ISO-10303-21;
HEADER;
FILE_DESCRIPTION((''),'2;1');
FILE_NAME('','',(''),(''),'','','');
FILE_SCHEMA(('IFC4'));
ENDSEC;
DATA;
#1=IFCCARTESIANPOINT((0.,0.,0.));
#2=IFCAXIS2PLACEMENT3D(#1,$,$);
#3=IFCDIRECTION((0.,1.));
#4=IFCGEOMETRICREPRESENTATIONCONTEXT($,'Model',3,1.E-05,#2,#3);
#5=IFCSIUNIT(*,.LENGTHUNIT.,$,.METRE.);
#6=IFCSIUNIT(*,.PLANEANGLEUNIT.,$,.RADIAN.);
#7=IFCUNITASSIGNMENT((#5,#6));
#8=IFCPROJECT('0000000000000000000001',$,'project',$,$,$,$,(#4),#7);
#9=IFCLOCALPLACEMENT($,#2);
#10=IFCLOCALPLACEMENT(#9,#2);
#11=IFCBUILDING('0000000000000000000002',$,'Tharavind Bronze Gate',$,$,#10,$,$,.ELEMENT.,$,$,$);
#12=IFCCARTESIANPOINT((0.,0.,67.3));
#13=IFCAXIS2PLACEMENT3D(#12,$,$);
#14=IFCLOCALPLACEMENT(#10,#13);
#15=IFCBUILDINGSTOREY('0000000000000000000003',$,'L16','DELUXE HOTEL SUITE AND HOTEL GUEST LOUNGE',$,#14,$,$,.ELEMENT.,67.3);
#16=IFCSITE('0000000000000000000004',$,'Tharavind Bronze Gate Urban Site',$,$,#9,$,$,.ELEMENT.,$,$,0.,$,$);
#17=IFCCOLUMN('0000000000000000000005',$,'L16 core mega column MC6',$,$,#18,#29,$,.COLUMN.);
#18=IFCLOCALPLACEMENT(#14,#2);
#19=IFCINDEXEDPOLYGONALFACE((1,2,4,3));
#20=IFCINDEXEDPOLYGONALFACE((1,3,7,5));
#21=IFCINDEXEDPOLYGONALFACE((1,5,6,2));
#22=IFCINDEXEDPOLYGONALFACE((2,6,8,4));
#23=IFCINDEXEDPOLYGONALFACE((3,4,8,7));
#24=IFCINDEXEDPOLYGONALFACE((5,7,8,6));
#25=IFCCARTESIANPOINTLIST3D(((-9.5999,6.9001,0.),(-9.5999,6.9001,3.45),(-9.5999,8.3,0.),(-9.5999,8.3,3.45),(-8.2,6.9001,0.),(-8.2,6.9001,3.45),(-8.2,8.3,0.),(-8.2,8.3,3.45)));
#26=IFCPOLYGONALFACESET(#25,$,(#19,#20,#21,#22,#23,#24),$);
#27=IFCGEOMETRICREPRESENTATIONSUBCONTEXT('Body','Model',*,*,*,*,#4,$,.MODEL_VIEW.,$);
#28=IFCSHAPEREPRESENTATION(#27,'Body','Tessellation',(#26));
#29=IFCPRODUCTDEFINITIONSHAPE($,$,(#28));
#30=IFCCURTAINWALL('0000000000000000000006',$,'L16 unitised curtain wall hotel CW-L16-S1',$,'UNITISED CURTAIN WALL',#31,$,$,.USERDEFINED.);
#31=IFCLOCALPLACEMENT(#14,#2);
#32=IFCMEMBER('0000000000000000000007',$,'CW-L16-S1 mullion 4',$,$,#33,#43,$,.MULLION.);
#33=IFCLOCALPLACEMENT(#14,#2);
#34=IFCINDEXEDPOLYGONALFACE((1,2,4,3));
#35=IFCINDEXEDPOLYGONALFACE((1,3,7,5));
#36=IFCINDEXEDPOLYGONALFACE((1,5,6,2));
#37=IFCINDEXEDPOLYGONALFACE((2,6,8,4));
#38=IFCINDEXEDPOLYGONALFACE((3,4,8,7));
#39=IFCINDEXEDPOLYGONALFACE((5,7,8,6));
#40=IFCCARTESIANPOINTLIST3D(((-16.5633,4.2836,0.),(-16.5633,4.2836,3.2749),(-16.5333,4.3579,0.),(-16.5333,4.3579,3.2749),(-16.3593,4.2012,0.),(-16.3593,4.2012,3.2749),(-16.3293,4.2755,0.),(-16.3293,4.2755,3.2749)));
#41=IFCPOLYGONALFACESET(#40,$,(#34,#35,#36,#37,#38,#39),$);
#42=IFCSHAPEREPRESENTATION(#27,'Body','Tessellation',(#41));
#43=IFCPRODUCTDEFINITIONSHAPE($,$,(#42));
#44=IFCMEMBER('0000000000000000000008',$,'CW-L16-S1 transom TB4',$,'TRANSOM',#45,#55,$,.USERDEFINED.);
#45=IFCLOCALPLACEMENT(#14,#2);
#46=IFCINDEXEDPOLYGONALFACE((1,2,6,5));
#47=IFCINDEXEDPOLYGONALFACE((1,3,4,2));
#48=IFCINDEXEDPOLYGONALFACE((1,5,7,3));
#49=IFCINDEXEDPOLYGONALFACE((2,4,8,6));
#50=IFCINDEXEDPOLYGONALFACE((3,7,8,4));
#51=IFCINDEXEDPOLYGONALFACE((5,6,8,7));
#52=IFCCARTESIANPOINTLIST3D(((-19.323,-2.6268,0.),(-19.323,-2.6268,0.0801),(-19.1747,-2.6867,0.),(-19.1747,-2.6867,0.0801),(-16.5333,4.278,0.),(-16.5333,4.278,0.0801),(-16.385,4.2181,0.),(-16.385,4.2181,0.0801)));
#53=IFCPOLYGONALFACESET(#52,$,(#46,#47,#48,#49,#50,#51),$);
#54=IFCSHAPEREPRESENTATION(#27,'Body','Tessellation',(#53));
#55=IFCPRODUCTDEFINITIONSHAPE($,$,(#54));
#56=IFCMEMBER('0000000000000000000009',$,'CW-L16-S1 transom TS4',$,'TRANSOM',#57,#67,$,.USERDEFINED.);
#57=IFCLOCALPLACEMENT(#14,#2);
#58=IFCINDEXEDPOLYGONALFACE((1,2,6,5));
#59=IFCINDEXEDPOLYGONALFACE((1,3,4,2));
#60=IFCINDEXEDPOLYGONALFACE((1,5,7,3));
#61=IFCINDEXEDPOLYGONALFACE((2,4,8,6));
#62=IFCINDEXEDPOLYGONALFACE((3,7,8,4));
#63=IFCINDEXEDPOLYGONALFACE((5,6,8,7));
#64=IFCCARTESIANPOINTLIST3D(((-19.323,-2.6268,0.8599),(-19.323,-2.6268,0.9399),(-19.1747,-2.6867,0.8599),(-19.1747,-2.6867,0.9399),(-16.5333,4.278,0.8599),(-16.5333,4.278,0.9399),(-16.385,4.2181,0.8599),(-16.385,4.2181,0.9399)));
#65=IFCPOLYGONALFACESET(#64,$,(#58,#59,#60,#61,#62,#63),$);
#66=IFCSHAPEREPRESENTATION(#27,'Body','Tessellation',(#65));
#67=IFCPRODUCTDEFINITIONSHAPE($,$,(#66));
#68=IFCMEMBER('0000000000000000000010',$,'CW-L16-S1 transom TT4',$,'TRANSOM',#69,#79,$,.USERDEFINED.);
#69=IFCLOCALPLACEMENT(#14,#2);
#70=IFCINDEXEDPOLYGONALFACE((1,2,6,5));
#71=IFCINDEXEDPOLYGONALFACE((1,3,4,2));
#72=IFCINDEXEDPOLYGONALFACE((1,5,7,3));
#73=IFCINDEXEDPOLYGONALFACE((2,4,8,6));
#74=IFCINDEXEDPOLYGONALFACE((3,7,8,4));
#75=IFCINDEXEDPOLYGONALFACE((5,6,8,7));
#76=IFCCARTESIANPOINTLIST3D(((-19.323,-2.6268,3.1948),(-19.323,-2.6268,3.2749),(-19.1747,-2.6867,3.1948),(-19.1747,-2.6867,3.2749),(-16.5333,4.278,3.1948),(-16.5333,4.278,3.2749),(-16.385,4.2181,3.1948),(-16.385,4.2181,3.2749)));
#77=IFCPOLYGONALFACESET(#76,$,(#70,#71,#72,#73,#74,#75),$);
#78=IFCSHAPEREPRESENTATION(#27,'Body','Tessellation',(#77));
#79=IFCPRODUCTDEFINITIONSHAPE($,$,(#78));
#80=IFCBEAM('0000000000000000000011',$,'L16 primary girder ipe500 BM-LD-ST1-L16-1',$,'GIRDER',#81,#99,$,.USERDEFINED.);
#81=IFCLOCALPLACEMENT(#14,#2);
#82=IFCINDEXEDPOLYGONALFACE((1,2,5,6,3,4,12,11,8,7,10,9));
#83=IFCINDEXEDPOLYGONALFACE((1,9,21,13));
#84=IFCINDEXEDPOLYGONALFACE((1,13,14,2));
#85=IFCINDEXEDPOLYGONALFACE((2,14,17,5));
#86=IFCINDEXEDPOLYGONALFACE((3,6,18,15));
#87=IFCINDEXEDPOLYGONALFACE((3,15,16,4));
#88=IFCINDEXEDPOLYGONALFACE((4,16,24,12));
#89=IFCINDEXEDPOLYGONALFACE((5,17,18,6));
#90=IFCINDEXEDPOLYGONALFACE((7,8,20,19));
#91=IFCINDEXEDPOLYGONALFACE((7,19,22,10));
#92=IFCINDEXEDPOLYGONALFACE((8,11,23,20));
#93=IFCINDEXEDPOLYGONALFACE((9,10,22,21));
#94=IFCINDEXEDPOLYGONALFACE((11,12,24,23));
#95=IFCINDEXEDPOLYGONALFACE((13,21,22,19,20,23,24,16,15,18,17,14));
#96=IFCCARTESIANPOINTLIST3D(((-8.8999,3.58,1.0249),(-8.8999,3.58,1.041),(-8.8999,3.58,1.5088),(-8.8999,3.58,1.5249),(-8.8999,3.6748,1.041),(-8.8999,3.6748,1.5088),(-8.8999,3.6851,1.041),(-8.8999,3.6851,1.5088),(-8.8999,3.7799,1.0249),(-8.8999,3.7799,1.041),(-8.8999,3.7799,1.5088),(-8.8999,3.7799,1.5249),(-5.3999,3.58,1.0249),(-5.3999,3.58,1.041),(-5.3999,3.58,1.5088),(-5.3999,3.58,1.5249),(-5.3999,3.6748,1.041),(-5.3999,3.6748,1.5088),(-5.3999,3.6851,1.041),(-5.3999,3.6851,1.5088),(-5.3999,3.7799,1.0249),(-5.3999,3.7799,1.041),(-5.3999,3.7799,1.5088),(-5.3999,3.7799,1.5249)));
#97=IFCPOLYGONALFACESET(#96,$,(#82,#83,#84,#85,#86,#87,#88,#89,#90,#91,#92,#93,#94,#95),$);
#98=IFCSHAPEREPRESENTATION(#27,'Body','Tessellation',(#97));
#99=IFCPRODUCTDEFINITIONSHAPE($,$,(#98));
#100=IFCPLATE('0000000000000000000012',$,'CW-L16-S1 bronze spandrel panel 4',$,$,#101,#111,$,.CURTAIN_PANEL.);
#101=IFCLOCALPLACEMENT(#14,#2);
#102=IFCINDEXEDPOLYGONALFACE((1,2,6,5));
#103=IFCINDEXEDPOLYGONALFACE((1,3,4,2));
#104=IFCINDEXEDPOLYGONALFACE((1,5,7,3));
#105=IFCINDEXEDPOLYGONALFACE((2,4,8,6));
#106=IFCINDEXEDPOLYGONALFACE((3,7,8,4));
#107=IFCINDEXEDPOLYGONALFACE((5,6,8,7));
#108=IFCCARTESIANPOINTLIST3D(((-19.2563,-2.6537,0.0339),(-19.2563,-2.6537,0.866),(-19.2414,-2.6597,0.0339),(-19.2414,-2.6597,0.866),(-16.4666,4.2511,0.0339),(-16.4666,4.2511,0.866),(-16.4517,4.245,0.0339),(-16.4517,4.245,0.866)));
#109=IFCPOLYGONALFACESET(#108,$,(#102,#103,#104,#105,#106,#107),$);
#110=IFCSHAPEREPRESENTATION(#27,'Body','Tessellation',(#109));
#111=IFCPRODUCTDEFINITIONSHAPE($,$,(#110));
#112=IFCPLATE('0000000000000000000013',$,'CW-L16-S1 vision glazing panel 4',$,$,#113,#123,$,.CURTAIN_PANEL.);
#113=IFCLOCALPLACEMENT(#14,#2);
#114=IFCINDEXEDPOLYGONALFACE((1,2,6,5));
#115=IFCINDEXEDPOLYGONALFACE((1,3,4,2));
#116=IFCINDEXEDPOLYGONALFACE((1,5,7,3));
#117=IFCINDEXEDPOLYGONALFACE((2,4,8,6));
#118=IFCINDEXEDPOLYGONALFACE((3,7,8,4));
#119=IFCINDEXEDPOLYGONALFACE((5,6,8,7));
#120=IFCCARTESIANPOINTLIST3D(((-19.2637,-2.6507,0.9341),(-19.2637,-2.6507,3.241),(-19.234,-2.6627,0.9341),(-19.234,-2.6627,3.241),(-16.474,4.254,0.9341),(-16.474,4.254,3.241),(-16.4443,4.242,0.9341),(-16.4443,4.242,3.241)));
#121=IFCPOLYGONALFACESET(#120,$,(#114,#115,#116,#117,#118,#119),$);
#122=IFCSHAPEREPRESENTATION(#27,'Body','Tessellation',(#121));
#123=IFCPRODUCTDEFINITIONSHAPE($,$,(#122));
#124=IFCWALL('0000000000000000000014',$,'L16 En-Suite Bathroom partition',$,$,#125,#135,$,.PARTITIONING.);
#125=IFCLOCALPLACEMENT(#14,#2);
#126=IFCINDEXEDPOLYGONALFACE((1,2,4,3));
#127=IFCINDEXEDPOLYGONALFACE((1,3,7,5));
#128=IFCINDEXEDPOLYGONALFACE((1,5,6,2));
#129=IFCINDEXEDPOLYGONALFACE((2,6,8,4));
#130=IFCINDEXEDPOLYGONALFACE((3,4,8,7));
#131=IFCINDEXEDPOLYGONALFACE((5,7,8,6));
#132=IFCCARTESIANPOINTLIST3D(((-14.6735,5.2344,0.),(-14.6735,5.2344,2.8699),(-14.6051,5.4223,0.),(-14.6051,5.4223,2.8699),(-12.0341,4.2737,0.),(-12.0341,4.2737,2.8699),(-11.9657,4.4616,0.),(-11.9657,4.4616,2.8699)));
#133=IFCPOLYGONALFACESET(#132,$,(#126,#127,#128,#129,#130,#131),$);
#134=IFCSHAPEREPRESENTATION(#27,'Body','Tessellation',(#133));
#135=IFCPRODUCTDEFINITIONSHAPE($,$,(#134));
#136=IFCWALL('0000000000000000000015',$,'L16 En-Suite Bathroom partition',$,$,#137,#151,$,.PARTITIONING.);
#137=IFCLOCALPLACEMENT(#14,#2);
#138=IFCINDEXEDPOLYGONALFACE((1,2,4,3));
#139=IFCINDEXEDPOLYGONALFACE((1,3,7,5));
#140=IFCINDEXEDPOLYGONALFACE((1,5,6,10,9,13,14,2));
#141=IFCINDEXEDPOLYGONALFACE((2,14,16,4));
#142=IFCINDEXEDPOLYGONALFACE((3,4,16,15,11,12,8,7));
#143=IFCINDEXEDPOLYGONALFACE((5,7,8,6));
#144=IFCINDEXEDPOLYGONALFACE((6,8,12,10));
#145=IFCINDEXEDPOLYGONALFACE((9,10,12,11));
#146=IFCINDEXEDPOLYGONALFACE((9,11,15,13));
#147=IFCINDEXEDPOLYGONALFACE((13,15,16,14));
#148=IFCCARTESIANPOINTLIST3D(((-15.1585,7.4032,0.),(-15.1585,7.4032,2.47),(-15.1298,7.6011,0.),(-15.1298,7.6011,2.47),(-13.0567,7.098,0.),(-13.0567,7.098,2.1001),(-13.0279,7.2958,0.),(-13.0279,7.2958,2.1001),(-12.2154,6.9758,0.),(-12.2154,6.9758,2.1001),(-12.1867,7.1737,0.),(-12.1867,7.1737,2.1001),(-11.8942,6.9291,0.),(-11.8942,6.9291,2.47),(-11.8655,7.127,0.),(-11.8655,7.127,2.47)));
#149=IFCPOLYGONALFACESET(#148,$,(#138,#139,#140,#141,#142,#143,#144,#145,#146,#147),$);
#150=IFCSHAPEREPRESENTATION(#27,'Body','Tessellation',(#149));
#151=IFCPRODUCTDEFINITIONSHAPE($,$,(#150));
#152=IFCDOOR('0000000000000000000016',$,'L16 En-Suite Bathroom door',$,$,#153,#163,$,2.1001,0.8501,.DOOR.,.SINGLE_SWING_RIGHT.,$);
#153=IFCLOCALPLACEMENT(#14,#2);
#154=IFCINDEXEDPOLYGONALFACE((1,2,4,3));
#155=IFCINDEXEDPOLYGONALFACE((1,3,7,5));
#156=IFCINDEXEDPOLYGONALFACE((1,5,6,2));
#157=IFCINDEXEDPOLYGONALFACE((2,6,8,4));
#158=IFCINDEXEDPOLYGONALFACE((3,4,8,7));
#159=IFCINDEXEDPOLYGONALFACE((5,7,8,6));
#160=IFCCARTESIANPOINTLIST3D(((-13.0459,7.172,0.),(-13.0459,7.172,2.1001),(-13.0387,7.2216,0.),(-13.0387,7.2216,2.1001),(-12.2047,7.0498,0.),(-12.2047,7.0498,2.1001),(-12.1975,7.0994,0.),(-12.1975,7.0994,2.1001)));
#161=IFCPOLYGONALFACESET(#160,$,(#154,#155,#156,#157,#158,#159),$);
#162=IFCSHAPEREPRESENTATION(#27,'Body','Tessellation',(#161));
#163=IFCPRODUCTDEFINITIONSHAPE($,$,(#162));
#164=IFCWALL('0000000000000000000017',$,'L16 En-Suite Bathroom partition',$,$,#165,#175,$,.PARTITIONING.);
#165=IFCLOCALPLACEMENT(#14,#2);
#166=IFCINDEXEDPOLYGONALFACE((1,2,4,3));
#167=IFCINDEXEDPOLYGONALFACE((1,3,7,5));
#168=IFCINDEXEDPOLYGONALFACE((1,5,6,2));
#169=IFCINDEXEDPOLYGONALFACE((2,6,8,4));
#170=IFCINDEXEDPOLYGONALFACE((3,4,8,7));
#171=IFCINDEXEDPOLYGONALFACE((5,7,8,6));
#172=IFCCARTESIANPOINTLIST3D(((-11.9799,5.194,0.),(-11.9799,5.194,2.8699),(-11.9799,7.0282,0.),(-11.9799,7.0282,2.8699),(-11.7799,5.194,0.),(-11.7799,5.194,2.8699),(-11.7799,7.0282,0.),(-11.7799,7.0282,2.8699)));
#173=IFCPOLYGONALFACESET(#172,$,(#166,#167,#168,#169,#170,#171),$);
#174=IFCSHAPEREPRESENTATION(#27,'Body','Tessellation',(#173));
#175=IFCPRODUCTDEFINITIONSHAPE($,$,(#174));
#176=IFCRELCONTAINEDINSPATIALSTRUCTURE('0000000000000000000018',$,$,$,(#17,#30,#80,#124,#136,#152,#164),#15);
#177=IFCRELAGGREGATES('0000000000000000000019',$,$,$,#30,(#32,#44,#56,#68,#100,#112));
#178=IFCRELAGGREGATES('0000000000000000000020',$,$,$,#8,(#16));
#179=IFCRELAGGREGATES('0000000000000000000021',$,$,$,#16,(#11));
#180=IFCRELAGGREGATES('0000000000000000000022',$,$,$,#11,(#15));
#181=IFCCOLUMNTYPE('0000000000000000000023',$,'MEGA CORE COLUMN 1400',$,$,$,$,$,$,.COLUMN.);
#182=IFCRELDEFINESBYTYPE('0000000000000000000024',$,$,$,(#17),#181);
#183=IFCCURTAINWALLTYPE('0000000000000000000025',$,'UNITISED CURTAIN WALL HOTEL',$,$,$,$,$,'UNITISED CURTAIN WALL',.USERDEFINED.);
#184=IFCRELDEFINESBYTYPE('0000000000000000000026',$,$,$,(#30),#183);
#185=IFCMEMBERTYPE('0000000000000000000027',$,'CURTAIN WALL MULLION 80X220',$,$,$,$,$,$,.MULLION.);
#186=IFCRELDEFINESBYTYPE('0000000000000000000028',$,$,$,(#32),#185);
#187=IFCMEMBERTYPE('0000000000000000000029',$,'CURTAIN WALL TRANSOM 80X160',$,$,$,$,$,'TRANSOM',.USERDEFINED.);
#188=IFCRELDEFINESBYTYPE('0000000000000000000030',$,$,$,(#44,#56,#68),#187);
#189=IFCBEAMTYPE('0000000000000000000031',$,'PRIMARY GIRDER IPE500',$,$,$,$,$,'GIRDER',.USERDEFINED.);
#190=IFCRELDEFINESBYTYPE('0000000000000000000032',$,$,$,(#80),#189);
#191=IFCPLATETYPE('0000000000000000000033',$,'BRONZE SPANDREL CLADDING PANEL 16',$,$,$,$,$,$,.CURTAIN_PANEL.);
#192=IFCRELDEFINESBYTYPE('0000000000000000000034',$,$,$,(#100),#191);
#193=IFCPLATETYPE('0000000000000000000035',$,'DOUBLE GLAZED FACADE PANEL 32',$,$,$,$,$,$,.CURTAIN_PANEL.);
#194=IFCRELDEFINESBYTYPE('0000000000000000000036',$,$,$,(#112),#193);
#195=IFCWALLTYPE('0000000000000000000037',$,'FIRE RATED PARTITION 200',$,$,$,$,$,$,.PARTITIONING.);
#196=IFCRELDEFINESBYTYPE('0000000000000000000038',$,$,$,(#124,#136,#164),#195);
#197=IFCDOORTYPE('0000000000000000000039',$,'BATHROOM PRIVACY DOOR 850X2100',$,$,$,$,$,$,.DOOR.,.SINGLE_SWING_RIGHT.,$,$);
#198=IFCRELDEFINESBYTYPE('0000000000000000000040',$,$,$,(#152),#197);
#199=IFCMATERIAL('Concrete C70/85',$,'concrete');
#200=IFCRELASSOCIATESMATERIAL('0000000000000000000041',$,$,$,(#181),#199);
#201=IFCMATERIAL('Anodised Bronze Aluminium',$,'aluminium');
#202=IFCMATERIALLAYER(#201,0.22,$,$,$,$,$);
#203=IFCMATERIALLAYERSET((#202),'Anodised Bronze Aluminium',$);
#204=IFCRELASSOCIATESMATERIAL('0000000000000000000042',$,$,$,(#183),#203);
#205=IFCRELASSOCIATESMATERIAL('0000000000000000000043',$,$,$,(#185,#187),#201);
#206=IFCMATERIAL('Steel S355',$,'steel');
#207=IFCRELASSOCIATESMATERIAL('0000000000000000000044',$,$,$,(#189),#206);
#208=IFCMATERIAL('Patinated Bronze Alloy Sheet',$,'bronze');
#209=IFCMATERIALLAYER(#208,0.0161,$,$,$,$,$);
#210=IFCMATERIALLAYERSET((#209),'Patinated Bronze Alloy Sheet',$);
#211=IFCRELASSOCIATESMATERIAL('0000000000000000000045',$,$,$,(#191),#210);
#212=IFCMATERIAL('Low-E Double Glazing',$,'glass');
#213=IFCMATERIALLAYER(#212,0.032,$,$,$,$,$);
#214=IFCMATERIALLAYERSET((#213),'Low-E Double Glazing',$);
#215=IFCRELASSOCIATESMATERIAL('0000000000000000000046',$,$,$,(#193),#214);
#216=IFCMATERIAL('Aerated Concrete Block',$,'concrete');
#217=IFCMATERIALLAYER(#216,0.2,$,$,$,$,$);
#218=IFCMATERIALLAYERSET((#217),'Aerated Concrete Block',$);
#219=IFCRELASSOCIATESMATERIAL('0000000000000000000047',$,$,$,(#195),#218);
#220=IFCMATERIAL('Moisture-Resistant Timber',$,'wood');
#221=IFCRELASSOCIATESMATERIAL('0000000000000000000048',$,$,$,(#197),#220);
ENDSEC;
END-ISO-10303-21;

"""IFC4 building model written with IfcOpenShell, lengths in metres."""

from ifc_helpers import new_model, si_unit, direction, frame, frame_2d, origin, origin_2d, place, context, subcontext, project, spatial, rectangle, i_section, extrude, material, layer, layer_set, material_profile, profile_set, type_object, element, fill, aggregate, save


model = new_model("IFC4")

# Units and contexts
model_context = context("Model", 3, precision=1e-05, world=origin(), true_north=direction((0.0, 1.0)))
body_context = subcontext(model_context, "Body", "Model", "MODEL_VIEW")
ifc_project = project(units=[si_unit("LENGTHUNIT", "METRE"), si_unit("PLANEANGLEUNIT", "RADIAN")], contexts=[model_context])

# Site, building, storey
site_placement = place(None, origin())
site = spatial("IfcSite", under=ifc_project, at=site_placement, Name="Tharavind Bronze Gate Urban Site", CompositionType="ELEMENT", RefElevation=0.0)
building_placement = place(site_placement, origin())
building = spatial("IfcBuilding", under=site, at=building_placement, Name="Tharavind Bronze Gate", CompositionType="ELEMENT")
storey_placement = place(building_placement, frame((0.0, 0.0, 67.3)))
storey = spatial("IfcBuildingStorey", under=building, at=storey_placement, Name="L16", Description="DELUXE HOTEL SUITE AND HOTEL GUEST LOUNGE", CompositionType="ELEMENT", Elevation=67.3)

# Column
ifc_material_1 = material(Name="Concrete C70/85", Category="concrete")
ifc_material_profile_1 = material_profile(ifc_material_1, rectangle(XDim=1.3999, YDim=1.3999, at=origin_2d()), Name="RCCOL1400")
ifc_profile_set_1 = profile_set([ifc_material_profile_1], Name="Concrete C70/85")
column_type = type_object("IfcColumnType", Name="MEGA CORE COLUMN 1400", PredefinedType="COLUMN", material=ifc_profile_set_1)
column_placement = place(storey_placement, frame((-8.8999, 7.6001, 0.0), z_axis=(0.0, 0.0, 1.0), x_axis=(1.0, 0.0, 0.0)))
element("IfcColumn", 1, at=column_placement, inside=storey, type_object=column_type, Name="L16 core mega column MC6", PredefinedType="COLUMN", context=body_context, shape_type="SweptSolid", body=[
    extrude(rectangle(XDim=1.3999, YDim=1.3999, at=origin_2d()), origin(), (0.0, 0.0, 1.0), 3.45),
])

# Curtain wall, members
ifc_material_2 = material(Name="Anodised Bronze Aluminium", Category="aluminium")
ifc_layer_1 = layer(ifc_material_2, 0.22)
ifc_layer_set_1 = layer_set([ifc_layer_1], Name="Anodised Bronze Aluminium")
curtain_wall_type = type_object("IfcCurtainWallType", Name="UNITISED CURTAIN WALL HOTEL", ElementType="UNITISED CURTAIN WALL", PredefinedType="USERDEFINED", material=ifc_layer_set_1)
curtain_wall_placement = place(storey_placement, origin())
curtain_wall = element("IfcCurtainWall", 2, at=curtain_wall_placement, inside=storey, type_object=curtain_wall_type, Name="L16 unitised curtain wall hotel CW-L16-S1", ObjectType="UNITISED CURTAIN WALL", PredefinedType="USERDEFINED")
member_type_1 = type_object("IfcMemberType", Name="CURTAIN WALL MULLION 80X220", PredefinedType="MULLION", material=ifc_material_2)
member_1_placement = place(storey_placement, frame((-16.4463, 4.2795, 0.0), z_axis=(0.0, 0.0, 1.0), x_axis=(-0.374607, -0.927184, 0.0)))
member_1 = element("IfcMember", 3, at=member_1_placement, type_object=member_type_1, Name="CW-L16-S1 mullion 4", PredefinedType="MULLION", context=body_context, shape_type="SweptSolid", body=[
    extrude(rectangle(XDim=0.0801, YDim=0.22, at=origin_2d()), origin(), (0.0, 0.0, 1.0), 3.2749),
])
member_type_2 = type_object("IfcMemberType", Name="CURTAIN WALL TRANSOM 80X160", ElementType="TRANSOM", PredefinedType="USERDEFINED", material=ifc_material_2)
member_2_placement = place(storey_placement, frame((-17.854, 0.7957, 0.0), z_axis=(0.0, 0.0, 1.0), x_axis=(-0.374607, -0.927184, 0.0)))
member_2 = element("IfcMember", 4, at=member_2_placement, type_object=member_type_2, Name="CW-L16-S1 transom TB4", ObjectType="TRANSOM", PredefinedType="USERDEFINED", context=body_context, shape_type="SweptSolid", body=[
    extrude(rectangle(XDim=7.447, YDim=0.1599, at=origin_2d()), origin(), (0.0, 0.0, 1.0), 0.0801),
])
member_3_placement = place(storey_placement, frame((-17.854, 0.7957, 0.8599), z_axis=(0.0, 0.0, 1.0), x_axis=(-0.374607, -0.927184, 0.0)))
member_3 = element("IfcMember", 5, at=member_3_placement, type_object=member_type_2, Name="CW-L16-S1 transom TS4", ObjectType="TRANSOM", PredefinedType="USERDEFINED", context=body_context, shape_type="SweptSolid", body=[
    extrude(rectangle(XDim=7.447, YDim=0.1599, at=origin_2d()), origin(), (0.0, 0.0, 1.0), 0.0801),
])
member_4_placement = place(storey_placement, frame((-17.854, 0.7957, 3.1948), z_axis=(0.0, 0.0, 1.0), x_axis=(-0.374607, -0.927184, 0.0)))
member_4 = element("IfcMember", 6, at=member_4_placement, type_object=member_type_2, Name="CW-L16-S1 transom TT4", ObjectType="TRANSOM", PredefinedType="USERDEFINED", context=body_context, shape_type="SweptSolid", body=[
    extrude(rectangle(XDim=7.447, YDim=0.1599, at=origin_2d()), origin(), (0.0, 0.0, 1.0), 0.0801),
])

# Beam
ifc_material_3 = material(Name="Steel S355", Category="steel")
ifc_material_profile_2 = material_profile(ifc_material_3, i_section(OverallWidth=0.2, OverallDepth=0.5, WebThickness=0.0103, FlangeThickness=0.0161, at=origin_2d()), Name="IPE500")
ifc_profile_set_2 = profile_set([ifc_material_profile_2], Name="Steel S355")
beam_type = type_object("IfcBeamType", Name="PRIMARY GIRDER IPE500", ElementType="GIRDER", PredefinedType="USERDEFINED", material=ifc_profile_set_2)
beam_placement = place(storey_placement, frame((-8.8999, 3.6799, 1.2749), z_axis=(1.0, 0.0, 0.0), x_axis=(0.0, 1.0, 0.0)))
element("IfcBeam", 7, at=beam_placement, inside=storey, type_object=beam_type, Name="L16 primary girder ipe500 BM-LD-ST1-L16-1", ObjectType="GIRDER", PredefinedType="USERDEFINED", context=body_context, shape_type="SweptSolid", body=[
    extrude(i_section(OverallWidth=0.2, OverallDepth=0.5, WebThickness=0.0103, FlangeThickness=0.0161, at=origin_2d()), origin(), (0.0, 0.0, 1.0), 3.5),
])

# Plates
ifc_material_4 = material(Name="Patinated Bronze Alloy Sheet", Category="bronze")
ifc_layer_2 = layer(ifc_material_4, 0.0161)
ifc_layer_set_2 = layer_set([ifc_layer_2], Name="Patinated Bronze Alloy Sheet")
plate_type_1 = type_object("IfcPlateType", Name="BRONZE SPANDREL CLADDING PANEL 16", PredefinedType="CURTAIN_PANEL", material=ifc_layer_set_2)
plate_1_placement = place(storey_placement, frame((-17.854, 0.7957, 0.0339), z_axis=(0.0, 0.0, 1.0), x_axis=(-0.374607, -0.927184, 0.0)))
plate_1 = element("IfcPlate", 8, at=plate_1_placement, type_object=plate_type_1, Name="CW-L16-S1 bronze spandrel panel 4", PredefinedType="CURTAIN_PANEL", context=body_context, shape_type="SweptSolid", body=[
    extrude(rectangle(XDim=7.447, YDim=0.0161, at=origin_2d()), origin(), (0.0, 0.0, 1.0), 0.832),
])
ifc_material_5 = material(Name="Low-E Double Glazing", Category="glass")
ifc_layer_3 = layer(ifc_material_5, 0.032)
ifc_layer_set_3 = layer_set([ifc_layer_3], Name="Low-E Double Glazing")
plate_type_2 = type_object("IfcPlateType", Name="DOUBLE GLAZED FACADE PANEL 32", PredefinedType="CURTAIN_PANEL", material=ifc_layer_set_3)
plate_2_placement = place(storey_placement, frame((-17.854, 0.7957, 0.9341), z_axis=(0.0, 0.0, 1.0), x_axis=(-0.374607, -0.927184, 0.0)))
plate_2 = element("IfcPlate", 9, at=plate_2_placement, type_object=plate_type_2, Name="CW-L16-S1 vision glazing panel 4", PredefinedType="CURTAIN_PANEL", context=body_context, shape_type="SweptSolid", body=[
    extrude(rectangle(XDim=7.447, YDim=0.032, at=origin_2d()), origin(), (0.0, 0.0, 1.0), 2.3069),
])
aggregate(curtain_wall, [member_1, member_2, member_3, member_4, plate_1, plate_2])

# Wall
ifc_material_6 = material(Name="Aerated Concrete Block", Category="concrete")
ifc_layer_4 = layer(ifc_material_6, 0.2)
ifc_layer_set_4 = layer_set([ifc_layer_4], Name="Aerated Concrete Block")
wall_type_1 = type_object("IfcWallType", Name="FIRE RATED PARTITION 200", PredefinedType="PARTITIONING", material=ifc_layer_set_4)
wall_1_placement = place(storey_placement, frame((-12.0, 4.3677, 0.0), z_axis=(0.0, 0.0, 1.0), x_axis=(-0.939689, 0.342029, 0.0)))
element("IfcWall", 10, at=wall_1_placement, inside=storey, type_object=wall_type_1, Name="L16 En-Suite Bathroom partition", PredefinedType="PARTITIONING", context=body_context, shape_type="SweptSolid", body=[
    extrude(rectangle(XDim=2.8088, YDim=0.2, at=frame_2d((1.4043, 0.0))), origin(), (0.0, 0.0, 1.0), 2.8699),
])

# Wall, opening, door
wall_2_placement = place(storey_placement, frame((-15.1443, 7.5022, 0.0), z_axis=(0.0, 0.0, 1.0), x_axis=(0.989617, -0.143732, 0.0)))
wall_2 = element("IfcWall", 11, at=wall_2_placement, inside=storey, type_object=wall_type_1, Name="L16 En-Suite Bathroom partition", PredefinedType="PARTITIONING", context=body_context, shape_type="SweptSolid", body=[
    extrude(rectangle(XDim=3.2986, YDim=0.2, at=frame_2d((1.6494, 0.0))), origin(), (0.0, 0.0, 1.0), 2.47),
])
opening_1_placement = place(wall_2_placement, frame((2.124, 0.0, 0.0)))
opening_1 = element("IfcOpeningElement", 12, at=opening_1_placement, cuts=wall_2, PredefinedType="OPENING", context=body_context, shape_type="SweptSolid", body=[
    extrude(rectangle(XDim=0.8501, YDim=2.1001, at=frame_2d((0.425, 1.05))), frame((0.0, 0.1101, 0.0), z_axis=(0.0, -1.0, 0.0), x_axis=(1.0, 0.0, 0.0)), (0.0, 0.0, 1.0), 0.22),
])
ifc_material_7 = material(Name="Moisture-Resistant Timber", Category="wood")
door_type_1 = type_object("IfcDoorType", Name="BATHROOM PRIVACY DOOR 850X2100", OperationType="SINGLE_SWING_RIGHT", PredefinedType="DOOR", material=ifc_material_7)
door_1_placement = place(opening_1_placement, origin())
door_1 = element("IfcDoor", 13, at=door_1_placement, inside=storey, type_object=door_type_1, Name="L16 En-Suite Bathroom door", OperationType="SINGLE_SWING_RIGHT", OverallHeight=2.1001, OverallWidth=0.8501, PredefinedType="DOOR", context=body_context, shape_type="SweptSolid", body=[
    extrude(rectangle(XDim=0.8501, YDim=2.1001, at=frame_2d((0.425, 1.05))), frame((0.0, 0.0249, 0.0), z_axis=(0.0, -1.0, 0.0), x_axis=(1.0, 0.0, 0.0)), (0.0, 0.0, 1.0), 0.05),
])
fill(opening_1, door_1)

# Wall
wall_3_placement = place(storey_placement, frame((-11.8799, 7.0281, 0.0), z_axis=(0.0, 0.0, 1.0), x_axis=(0.0, -1.0, 0.0)))
element("IfcWall", 14, at=wall_3_placement, inside=storey, type_object=wall_type_1, Name="L16 En-Suite Bathroom partition", PredefinedType="PARTITIONING", context=body_context, shape_type="SweptSolid", body=[
    extrude(rectangle(XDim=1.8342, YDim=0.2, at=frame_2d((0.917, 0.0))), origin(), (0.0, 0.0, 1.0), 2.8699),
])

save(model, "model.ifc")
